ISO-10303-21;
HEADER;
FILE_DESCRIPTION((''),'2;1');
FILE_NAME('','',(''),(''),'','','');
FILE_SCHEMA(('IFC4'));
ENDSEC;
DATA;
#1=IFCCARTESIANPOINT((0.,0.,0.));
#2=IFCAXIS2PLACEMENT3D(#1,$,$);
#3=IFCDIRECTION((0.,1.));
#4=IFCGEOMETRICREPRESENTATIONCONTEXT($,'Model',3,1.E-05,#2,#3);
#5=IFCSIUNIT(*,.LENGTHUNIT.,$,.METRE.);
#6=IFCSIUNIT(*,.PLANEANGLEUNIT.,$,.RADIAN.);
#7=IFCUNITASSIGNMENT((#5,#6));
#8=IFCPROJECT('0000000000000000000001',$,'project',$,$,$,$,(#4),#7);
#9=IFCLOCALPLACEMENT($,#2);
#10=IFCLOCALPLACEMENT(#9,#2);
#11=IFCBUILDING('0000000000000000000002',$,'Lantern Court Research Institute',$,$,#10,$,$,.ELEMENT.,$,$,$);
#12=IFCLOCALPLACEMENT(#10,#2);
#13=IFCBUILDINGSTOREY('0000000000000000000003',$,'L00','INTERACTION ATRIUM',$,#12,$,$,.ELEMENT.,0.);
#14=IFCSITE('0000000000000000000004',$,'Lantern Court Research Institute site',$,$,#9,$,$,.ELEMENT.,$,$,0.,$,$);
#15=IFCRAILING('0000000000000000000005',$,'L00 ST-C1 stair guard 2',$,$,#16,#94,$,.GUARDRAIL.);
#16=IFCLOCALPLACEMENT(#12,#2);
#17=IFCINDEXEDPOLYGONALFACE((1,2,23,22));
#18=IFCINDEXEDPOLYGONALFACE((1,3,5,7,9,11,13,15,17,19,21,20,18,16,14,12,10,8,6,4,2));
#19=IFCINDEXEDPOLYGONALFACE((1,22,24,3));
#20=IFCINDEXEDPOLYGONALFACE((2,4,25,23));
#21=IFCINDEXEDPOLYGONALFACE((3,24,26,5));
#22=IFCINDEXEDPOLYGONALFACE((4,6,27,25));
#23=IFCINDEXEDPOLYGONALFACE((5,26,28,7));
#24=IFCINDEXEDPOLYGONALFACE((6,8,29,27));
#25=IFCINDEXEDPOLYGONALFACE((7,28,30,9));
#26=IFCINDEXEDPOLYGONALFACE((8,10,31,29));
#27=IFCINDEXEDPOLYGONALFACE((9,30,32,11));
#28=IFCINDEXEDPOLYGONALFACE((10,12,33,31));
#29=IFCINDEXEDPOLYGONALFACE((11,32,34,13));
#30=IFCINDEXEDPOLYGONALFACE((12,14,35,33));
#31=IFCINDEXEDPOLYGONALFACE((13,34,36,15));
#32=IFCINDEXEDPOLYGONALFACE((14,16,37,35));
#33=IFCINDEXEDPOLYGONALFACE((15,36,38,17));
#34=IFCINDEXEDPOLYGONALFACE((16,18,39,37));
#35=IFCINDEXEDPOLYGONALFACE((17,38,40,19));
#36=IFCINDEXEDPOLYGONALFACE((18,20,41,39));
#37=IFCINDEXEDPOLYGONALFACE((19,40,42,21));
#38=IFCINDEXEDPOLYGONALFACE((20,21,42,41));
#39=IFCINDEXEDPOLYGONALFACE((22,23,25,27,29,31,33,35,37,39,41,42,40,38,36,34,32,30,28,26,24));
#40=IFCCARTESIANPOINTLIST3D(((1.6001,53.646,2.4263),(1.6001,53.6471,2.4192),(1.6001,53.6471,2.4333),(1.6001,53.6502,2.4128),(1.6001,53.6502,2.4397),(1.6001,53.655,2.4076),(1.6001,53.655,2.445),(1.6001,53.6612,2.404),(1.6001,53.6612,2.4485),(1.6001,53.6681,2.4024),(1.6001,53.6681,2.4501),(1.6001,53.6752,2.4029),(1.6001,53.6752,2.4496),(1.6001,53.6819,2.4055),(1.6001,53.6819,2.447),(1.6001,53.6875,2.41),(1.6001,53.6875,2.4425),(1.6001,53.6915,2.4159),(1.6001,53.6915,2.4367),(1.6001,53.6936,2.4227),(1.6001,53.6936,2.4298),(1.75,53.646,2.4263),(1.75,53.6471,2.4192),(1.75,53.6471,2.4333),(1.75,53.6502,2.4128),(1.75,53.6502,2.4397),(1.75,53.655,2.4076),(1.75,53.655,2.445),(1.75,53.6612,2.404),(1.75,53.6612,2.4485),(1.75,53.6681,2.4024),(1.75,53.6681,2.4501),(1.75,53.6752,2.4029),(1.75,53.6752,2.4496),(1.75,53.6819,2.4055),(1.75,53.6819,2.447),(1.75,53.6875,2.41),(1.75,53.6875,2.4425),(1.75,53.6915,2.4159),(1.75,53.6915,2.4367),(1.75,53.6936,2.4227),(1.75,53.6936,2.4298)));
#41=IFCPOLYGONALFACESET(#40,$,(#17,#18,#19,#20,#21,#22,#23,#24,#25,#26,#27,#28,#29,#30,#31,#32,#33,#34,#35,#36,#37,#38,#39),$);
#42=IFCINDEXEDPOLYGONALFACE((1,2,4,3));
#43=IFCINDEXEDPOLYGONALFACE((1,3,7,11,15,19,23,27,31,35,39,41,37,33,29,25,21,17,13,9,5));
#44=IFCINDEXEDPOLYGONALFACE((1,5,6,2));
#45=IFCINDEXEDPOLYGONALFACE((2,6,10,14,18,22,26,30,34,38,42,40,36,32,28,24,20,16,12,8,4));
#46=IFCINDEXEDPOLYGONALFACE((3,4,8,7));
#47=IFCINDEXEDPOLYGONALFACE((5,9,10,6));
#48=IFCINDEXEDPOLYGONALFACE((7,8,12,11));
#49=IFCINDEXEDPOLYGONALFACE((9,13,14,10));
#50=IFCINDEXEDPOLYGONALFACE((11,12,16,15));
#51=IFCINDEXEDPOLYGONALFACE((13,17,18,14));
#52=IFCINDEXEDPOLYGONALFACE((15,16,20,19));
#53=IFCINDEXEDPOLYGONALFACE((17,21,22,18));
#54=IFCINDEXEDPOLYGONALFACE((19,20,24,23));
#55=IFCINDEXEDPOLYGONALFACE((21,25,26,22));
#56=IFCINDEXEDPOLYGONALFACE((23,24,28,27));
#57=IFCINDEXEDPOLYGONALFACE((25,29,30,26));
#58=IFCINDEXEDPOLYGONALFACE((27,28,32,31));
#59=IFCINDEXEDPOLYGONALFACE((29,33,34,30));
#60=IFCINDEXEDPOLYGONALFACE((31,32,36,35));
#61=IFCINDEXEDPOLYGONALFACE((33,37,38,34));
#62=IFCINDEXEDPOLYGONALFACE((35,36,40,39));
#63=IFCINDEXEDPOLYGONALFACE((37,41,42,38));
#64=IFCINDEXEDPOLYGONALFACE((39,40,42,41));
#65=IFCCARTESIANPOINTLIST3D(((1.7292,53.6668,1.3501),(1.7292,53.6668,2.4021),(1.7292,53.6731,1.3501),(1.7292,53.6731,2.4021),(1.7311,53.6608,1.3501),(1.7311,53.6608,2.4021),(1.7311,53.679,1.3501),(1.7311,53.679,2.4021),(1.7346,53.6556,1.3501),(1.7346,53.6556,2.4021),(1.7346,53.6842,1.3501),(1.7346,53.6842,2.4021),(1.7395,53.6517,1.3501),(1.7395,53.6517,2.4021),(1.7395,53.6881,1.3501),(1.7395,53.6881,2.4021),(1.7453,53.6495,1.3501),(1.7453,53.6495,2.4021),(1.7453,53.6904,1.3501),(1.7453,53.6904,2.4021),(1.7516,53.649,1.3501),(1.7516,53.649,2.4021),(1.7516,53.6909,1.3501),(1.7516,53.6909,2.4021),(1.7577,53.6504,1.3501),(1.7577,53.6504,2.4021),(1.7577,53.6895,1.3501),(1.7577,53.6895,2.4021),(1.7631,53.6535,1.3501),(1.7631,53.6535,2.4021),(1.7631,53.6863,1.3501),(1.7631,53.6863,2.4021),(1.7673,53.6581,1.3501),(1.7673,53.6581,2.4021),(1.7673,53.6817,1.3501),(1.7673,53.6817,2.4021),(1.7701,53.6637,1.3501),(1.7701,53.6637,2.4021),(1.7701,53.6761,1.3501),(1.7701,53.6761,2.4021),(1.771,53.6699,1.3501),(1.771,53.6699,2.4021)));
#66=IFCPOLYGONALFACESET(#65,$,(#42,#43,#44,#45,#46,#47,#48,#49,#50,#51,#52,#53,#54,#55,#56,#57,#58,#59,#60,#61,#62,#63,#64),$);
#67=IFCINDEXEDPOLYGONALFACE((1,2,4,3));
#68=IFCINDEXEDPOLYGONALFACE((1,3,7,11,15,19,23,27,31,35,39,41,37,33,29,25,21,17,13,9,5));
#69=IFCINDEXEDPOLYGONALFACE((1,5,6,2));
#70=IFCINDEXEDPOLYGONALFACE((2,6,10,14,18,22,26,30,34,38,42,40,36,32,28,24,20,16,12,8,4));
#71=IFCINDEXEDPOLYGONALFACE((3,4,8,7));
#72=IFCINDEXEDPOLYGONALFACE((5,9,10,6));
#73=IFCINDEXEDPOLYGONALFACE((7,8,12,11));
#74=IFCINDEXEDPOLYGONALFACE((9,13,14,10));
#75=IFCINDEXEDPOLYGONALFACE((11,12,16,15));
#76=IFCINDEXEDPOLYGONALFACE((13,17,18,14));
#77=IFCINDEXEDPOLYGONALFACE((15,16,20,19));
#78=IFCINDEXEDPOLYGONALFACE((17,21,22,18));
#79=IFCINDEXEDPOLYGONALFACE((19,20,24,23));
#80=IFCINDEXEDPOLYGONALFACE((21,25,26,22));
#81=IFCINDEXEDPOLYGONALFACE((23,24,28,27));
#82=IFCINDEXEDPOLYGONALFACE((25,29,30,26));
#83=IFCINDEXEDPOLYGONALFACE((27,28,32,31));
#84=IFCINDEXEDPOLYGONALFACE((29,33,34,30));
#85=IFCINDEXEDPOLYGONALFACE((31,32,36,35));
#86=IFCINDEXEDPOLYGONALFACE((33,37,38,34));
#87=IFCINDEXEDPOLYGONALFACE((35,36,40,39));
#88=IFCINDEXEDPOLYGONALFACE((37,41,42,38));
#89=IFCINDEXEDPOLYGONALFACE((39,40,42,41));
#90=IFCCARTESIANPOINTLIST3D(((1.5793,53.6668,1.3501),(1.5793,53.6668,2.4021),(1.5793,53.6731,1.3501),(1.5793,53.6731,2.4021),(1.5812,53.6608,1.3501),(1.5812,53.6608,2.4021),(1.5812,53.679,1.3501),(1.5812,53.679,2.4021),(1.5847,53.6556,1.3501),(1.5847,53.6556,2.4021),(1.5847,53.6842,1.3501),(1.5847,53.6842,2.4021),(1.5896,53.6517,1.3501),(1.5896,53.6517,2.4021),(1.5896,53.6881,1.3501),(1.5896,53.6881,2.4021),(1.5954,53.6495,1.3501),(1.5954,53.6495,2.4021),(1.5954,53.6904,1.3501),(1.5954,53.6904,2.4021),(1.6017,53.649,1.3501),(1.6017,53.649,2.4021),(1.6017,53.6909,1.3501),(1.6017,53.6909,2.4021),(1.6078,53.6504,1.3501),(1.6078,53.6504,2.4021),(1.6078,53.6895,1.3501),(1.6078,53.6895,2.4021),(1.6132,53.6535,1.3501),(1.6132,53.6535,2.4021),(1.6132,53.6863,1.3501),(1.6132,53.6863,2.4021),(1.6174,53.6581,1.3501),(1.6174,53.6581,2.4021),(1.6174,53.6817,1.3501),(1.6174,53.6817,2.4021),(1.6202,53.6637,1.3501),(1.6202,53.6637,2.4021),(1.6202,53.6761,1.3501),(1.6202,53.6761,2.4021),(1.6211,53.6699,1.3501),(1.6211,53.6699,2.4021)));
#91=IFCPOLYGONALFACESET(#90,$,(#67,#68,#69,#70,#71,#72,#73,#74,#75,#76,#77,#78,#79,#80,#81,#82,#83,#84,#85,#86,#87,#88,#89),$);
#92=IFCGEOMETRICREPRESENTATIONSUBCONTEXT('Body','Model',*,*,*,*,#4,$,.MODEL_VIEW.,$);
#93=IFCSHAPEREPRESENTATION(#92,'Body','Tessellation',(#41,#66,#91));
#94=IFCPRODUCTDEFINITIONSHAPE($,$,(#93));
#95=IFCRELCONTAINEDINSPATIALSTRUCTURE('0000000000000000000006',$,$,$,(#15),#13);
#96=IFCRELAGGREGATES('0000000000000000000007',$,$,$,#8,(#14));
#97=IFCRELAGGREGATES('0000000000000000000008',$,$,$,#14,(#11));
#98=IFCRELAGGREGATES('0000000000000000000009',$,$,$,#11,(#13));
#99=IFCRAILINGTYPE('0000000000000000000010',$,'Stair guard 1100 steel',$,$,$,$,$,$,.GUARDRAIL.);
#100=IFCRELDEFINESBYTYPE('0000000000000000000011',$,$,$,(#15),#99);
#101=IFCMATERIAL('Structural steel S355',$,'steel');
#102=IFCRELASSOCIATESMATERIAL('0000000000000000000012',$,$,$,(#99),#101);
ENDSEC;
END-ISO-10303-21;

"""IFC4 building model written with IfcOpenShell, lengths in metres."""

from ifc_helpers import new_model, si_unit, direction, frame, origin, origin_2d, place, context, subcontext, project, spatial, circle, extrude, material, type_object, element, save


model = new_model("IFC4")

# Units and contexts
model_context = context("Model", 3, precision=1e-05, world=origin(), true_north=direction((0.0, 1.0)))
body_context = subcontext(model_context, "Body", "Model", "MODEL_VIEW")
ifc_project = project(units=[si_unit("LENGTHUNIT", "METRE"), si_unit("PLANEANGLEUNIT", "RADIAN")], contexts=[model_context])

# Site, building, storey
site_placement = place(None, origin())
site = spatial("IfcSite", under=ifc_project, at=site_placement, Name="Lantern Court Research Institute site", CompositionType="ELEMENT", RefElevation=0.0)
building_placement = place(site_placement, origin())
building = spatial("IfcBuilding", under=site, at=building_placement, Name="Lantern Court Research Institute", CompositionType="ELEMENT")
storey_placement = place(building_placement, origin())
storey = spatial("IfcBuildingStorey", under=building, at=storey_placement, Name="L00", Description="INTERACTION ATRIUM", CompositionType="ELEMENT", Elevation=0.0)

# Railing
ifc_material_1 = material(Name="Structural steel S355", Category="steel")
railing_type_1 = type_object("IfcRailingType", Name="Stair guard 1100 steel", PredefinedType="GUARDRAIL", material=ifc_material_1)
railing_1_placement = place(storey_placement, frame((1.75, 53.6699, 1.3501)))
element("IfcRailing", 1, at=railing_1_placement, inside=storey, type_object=railing_type_1, Name="L00 ST-C1 stair guard 2", PredefinedType="GUARDRAIL", context=body_context, shape_type="SweptSolid", body=[
    extrude(circle(Radius=0.0239, at=origin_2d()), frame((0.0, 0.0, 1.0762), z_axis=(-1.0, 0.0, 0.0), x_axis=(0.0, -1.0, 0.0)), (0.0, 0.0, 1.0), 0.1499),
    extrude(circle(Radius=0.021, at=origin_2d()), origin(), (0.0, 0.0, 1.0), 1.052),
    extrude(circle(Radius=0.021, at=origin_2d()), frame((-0.1499, 0.0, 0.0)), (0.0, 0.0, 1.0), 1.052),
])

save(model, "model.ifc")
